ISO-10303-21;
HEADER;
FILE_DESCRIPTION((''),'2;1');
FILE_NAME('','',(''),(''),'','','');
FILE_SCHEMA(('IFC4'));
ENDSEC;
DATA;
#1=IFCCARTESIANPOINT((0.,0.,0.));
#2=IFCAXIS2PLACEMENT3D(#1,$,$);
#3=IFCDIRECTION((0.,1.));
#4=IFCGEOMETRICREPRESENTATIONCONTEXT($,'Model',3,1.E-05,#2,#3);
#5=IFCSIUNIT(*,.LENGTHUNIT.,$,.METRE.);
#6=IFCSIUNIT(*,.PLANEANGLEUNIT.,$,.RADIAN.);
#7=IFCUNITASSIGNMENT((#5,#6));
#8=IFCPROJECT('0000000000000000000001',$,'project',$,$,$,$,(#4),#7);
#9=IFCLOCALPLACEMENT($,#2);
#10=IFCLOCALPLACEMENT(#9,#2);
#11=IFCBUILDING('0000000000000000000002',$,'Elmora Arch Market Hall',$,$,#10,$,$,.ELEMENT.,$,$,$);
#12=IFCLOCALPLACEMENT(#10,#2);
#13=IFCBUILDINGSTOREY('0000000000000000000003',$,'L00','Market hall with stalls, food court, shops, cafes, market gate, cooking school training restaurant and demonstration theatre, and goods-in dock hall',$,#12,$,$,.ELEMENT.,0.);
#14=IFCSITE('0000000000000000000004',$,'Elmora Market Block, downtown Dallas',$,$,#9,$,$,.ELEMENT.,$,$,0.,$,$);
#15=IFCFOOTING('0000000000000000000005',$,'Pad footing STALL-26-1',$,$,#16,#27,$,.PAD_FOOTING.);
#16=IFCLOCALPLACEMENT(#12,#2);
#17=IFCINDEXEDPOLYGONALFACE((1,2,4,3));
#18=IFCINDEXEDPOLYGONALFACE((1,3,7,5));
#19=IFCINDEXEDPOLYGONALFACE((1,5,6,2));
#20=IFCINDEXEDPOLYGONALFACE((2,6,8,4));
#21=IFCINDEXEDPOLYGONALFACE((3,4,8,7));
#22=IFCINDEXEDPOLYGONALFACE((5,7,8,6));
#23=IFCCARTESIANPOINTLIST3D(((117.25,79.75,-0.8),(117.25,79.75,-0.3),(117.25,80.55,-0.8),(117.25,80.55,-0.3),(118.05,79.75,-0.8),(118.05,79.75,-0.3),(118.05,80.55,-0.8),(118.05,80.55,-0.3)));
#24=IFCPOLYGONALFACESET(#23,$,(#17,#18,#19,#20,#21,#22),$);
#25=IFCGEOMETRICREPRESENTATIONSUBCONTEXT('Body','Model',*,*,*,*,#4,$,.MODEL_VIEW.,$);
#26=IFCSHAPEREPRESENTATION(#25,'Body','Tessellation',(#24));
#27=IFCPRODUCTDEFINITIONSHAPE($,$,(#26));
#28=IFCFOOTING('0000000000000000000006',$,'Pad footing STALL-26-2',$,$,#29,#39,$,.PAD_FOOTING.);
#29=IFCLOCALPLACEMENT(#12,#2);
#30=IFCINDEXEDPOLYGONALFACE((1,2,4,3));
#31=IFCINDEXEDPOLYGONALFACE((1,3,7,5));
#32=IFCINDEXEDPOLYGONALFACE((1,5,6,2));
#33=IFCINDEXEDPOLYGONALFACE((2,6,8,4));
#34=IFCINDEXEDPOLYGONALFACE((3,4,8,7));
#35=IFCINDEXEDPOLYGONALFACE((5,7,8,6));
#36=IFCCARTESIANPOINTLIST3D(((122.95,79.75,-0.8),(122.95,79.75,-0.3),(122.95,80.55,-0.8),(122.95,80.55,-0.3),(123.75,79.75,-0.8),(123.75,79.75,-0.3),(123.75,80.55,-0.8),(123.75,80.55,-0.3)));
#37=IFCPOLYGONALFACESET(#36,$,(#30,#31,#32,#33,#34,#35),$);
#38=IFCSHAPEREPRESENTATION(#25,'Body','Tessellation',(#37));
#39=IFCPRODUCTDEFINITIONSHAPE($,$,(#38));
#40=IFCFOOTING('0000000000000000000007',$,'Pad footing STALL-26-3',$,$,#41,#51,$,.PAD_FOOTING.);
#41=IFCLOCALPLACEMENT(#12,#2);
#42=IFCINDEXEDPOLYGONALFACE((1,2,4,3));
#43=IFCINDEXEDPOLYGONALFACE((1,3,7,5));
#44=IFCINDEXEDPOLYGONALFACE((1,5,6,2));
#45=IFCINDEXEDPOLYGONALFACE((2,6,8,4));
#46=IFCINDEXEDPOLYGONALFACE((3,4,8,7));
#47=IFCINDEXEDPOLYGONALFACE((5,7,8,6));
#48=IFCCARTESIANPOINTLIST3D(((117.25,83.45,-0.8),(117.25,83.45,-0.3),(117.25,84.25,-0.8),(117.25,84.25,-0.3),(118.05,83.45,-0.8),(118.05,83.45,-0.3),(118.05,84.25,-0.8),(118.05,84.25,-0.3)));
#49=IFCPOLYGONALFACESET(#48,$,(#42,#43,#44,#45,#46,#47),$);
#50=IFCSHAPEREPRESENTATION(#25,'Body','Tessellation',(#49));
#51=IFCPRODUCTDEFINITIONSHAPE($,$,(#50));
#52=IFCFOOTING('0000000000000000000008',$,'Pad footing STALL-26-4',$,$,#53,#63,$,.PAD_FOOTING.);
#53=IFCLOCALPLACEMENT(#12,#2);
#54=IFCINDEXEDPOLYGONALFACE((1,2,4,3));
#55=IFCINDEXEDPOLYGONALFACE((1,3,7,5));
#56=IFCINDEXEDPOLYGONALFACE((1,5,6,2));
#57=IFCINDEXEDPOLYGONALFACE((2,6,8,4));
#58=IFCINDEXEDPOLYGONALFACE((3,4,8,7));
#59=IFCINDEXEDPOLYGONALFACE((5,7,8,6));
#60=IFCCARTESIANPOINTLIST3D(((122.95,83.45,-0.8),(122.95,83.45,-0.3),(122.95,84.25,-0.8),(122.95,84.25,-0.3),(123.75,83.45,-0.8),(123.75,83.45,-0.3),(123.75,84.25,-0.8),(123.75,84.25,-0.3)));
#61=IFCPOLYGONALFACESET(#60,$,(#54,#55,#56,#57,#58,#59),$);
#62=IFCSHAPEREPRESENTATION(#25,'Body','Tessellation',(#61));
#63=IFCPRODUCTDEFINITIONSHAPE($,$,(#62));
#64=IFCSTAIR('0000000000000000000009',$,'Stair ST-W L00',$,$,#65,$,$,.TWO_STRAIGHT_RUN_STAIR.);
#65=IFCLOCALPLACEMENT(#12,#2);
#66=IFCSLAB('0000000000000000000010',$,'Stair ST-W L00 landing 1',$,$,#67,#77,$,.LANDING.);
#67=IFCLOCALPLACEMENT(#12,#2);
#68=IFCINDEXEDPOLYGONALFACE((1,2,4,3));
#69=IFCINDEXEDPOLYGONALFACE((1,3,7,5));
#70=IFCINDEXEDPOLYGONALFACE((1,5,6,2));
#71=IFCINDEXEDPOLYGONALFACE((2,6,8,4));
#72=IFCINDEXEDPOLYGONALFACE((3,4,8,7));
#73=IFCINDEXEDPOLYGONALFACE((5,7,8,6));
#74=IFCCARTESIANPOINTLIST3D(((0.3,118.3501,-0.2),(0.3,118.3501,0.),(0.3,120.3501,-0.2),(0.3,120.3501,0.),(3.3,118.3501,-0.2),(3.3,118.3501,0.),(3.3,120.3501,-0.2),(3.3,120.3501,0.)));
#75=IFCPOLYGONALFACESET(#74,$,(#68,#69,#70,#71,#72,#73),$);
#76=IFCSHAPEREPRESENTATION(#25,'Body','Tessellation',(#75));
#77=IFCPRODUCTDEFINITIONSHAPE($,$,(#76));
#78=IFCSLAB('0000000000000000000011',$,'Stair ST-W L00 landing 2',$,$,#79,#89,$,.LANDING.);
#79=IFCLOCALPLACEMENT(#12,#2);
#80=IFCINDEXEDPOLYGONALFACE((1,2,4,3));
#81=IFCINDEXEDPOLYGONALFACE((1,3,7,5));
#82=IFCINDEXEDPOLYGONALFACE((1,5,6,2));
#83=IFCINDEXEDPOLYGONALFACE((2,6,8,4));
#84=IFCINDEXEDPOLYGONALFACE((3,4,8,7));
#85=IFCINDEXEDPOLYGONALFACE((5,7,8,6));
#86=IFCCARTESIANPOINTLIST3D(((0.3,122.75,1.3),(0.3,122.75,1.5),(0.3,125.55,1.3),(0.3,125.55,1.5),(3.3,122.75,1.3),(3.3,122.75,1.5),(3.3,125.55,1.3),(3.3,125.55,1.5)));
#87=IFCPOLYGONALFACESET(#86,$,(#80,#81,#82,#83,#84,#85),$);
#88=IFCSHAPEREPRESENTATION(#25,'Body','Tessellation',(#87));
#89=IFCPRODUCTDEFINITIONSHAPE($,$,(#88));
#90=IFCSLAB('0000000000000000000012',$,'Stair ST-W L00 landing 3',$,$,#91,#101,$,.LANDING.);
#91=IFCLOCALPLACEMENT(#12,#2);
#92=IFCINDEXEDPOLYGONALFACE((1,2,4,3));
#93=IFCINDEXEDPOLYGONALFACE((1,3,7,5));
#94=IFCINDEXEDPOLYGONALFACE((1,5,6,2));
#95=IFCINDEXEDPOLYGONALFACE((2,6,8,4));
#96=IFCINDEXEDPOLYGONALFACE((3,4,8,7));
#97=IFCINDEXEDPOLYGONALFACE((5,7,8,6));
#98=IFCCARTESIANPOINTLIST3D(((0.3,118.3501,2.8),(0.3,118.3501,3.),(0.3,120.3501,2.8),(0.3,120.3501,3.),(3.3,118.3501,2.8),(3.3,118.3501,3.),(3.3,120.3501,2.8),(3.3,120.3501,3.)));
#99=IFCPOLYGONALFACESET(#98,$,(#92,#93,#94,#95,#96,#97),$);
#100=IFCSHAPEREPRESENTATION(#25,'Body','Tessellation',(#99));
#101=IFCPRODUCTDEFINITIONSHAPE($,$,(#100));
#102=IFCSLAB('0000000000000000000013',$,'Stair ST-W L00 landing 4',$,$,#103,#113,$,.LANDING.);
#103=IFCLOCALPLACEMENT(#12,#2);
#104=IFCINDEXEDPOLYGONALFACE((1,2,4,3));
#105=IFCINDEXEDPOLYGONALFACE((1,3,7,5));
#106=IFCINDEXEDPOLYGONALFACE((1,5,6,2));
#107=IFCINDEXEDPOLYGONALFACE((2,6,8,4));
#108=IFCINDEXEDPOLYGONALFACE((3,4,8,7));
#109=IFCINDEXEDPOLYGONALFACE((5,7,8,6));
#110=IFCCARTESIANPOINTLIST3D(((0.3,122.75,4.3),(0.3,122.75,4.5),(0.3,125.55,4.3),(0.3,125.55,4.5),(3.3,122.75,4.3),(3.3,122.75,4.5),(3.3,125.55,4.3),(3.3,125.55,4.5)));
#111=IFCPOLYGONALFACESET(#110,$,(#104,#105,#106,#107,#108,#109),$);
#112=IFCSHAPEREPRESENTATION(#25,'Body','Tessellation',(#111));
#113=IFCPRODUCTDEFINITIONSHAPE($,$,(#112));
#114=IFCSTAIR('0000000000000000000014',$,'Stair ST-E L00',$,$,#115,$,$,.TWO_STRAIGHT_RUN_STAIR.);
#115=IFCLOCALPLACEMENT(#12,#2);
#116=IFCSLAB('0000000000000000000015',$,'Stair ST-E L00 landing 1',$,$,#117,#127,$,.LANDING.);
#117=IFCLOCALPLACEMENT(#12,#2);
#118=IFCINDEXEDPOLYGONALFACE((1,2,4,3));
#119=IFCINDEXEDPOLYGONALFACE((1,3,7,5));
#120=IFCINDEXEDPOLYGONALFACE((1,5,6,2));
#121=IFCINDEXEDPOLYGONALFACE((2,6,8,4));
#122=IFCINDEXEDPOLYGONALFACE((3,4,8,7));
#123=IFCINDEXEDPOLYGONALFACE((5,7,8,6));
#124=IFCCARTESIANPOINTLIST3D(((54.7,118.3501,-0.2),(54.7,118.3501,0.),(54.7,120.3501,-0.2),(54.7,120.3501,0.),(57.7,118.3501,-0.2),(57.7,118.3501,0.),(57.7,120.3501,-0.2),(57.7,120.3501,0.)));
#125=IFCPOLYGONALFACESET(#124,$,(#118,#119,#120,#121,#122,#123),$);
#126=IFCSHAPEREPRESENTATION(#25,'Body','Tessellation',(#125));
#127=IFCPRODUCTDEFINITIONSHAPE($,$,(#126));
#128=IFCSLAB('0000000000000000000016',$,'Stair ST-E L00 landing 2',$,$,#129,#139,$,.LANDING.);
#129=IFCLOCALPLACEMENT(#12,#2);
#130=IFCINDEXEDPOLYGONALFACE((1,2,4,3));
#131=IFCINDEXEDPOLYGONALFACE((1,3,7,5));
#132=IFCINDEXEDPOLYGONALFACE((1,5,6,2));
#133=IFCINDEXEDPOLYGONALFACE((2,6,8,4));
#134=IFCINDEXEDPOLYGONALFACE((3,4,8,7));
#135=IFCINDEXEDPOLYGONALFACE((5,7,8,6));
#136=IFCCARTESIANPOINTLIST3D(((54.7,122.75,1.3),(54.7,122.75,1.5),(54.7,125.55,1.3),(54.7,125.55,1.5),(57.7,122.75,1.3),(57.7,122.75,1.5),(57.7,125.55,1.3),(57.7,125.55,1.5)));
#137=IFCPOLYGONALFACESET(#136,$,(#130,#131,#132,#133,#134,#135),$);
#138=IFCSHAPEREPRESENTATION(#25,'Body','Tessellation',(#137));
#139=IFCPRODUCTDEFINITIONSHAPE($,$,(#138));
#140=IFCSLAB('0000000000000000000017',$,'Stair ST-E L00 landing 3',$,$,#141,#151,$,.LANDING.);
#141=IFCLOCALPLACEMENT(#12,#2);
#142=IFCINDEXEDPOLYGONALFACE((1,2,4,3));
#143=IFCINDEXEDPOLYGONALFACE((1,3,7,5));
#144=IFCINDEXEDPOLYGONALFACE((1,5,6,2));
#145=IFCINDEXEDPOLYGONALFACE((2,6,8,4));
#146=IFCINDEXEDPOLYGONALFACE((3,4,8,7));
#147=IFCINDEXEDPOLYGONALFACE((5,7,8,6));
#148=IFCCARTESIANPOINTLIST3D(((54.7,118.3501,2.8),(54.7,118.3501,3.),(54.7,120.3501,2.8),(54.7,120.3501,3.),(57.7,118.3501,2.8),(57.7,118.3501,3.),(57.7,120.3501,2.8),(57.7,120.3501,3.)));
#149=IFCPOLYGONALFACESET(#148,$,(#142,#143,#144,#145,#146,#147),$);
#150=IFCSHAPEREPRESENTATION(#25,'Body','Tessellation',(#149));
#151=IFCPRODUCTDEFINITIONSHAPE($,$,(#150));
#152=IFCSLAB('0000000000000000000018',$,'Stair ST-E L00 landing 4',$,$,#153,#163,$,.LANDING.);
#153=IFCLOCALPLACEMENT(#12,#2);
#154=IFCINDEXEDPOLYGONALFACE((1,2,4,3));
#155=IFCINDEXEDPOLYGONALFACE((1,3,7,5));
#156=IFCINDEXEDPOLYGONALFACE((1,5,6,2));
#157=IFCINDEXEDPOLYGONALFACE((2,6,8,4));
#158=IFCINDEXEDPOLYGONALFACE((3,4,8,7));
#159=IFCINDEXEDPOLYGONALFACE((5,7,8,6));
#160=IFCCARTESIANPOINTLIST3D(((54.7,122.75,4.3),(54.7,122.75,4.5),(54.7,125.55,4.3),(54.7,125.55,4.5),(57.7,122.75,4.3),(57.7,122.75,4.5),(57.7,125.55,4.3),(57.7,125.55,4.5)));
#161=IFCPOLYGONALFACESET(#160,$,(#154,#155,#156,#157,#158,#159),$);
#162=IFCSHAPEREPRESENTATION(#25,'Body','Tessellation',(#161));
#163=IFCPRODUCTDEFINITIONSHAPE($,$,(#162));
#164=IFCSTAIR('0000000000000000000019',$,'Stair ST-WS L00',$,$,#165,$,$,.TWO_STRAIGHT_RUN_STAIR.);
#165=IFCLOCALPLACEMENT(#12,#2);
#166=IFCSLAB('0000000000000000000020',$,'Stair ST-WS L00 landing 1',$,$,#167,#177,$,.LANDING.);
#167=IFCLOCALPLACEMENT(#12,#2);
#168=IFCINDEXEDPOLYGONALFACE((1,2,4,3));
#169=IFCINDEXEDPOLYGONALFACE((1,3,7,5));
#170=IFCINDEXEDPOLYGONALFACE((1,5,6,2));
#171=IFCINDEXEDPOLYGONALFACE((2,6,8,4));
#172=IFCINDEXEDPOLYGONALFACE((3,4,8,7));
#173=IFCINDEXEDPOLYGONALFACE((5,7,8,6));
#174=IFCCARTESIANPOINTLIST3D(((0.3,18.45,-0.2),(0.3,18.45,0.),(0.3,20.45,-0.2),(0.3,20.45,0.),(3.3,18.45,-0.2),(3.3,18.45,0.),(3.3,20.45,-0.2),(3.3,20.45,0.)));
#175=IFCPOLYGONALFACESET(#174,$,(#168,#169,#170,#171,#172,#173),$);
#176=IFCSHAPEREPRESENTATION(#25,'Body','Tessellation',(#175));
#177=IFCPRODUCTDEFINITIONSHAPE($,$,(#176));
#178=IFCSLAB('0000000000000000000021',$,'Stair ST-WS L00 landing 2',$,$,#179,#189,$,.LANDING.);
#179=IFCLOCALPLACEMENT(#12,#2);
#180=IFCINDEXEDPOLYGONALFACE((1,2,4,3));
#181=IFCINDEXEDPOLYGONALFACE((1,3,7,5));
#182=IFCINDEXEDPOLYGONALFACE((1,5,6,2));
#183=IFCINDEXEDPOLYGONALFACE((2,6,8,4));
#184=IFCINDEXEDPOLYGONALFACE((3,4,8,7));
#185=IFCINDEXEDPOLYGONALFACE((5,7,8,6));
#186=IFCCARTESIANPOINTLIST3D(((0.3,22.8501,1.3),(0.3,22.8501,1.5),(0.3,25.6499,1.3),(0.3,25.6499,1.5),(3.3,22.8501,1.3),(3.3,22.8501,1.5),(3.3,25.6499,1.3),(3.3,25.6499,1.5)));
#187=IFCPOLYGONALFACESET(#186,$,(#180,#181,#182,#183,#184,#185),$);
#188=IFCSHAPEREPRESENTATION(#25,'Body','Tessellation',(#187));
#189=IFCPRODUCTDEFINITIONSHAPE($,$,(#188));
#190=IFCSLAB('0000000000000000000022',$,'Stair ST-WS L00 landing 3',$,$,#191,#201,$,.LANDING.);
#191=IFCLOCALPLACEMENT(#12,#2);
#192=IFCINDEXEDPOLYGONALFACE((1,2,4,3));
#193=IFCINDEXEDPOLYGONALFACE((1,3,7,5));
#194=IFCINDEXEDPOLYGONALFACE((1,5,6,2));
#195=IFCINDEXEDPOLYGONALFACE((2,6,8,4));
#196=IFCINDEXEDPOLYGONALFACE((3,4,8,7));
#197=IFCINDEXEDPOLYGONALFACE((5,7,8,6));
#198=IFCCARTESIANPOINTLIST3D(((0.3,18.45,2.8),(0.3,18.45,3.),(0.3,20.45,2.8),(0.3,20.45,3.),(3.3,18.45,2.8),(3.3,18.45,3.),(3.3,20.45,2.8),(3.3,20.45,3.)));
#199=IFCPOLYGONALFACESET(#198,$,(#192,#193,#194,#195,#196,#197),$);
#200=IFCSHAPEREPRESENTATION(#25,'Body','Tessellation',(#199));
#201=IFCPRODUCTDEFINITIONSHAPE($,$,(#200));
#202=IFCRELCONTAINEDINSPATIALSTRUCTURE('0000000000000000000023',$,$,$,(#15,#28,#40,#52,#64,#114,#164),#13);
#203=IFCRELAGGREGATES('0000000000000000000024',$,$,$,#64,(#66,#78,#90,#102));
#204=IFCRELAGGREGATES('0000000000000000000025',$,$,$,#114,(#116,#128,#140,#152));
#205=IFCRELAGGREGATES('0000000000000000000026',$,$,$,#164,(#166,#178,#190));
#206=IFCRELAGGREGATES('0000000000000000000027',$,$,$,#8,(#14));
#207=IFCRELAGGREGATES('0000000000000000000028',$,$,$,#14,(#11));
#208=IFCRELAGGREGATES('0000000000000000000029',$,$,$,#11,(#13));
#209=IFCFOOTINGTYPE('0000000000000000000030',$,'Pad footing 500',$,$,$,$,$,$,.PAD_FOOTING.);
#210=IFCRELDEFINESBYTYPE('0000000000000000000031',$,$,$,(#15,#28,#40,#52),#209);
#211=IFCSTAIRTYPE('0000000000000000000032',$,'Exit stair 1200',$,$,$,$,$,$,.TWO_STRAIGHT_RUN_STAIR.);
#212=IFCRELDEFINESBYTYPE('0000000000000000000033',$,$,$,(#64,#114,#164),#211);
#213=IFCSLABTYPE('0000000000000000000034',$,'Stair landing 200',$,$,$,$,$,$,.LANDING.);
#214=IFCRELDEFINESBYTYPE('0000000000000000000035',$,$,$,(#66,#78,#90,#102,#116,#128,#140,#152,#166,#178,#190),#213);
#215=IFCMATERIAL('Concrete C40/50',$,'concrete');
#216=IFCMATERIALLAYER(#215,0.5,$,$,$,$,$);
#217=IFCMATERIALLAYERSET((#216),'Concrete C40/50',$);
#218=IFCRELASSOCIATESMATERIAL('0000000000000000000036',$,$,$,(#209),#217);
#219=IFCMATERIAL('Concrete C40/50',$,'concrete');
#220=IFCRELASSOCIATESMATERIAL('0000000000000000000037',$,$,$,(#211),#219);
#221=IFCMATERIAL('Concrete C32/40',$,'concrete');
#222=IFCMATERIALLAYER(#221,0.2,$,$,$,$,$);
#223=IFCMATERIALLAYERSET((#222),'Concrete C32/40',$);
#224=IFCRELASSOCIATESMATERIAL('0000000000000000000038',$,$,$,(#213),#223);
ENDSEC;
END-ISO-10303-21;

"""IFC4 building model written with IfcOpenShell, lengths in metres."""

from ifc_helpers import new_model, si_unit, direction, frame, origin, place, context, subcontext, project, spatial, polyline, outline, extrude, material, layer, layer_set, type_object, element, aggregate, save


model = new_model("IFC4")

# Units and contexts
model_context = context("Model", 3, precision=1e-05, world=origin(), true_north=direction((0.0, 1.0)))
body_context = subcontext(model_context, "Body", "Model", "MODEL_VIEW")
ifc_project = project(units=[si_unit("LENGTHUNIT", "METRE"), si_unit("PLANEANGLEUNIT", "RADIAN")], contexts=[model_context])

# Site, building, storey
site_placement = place(None, origin())
site = spatial("IfcSite", under=ifc_project, at=site_placement, Name="Elmora Market Block, downtown Dallas", CompositionType="ELEMENT", RefElevation=0.0)
building_placement = place(site_placement, origin())
building = spatial("IfcBuilding", under=site, at=building_placement, Name="Elmora Arch Market Hall", CompositionType="ELEMENT")
storey_placement = place(building_placement, origin())
storey = spatial("IfcBuildingStorey", under=building, at=storey_placement, Name="L00", Description="Market hall with stalls, food court, shops, cafes, market gate, cooking school training restaurant and demonstration theatre, and goods-in dock hall", CompositionType="ELEMENT", Elevation=0.0)

# Footings
ifc_material_1 = material(Name="Concrete C40/50", Category="concrete")
ifc_layer_1 = layer(ifc_material_1, 0.5)
ifc_layer_set_1 = layer_set([ifc_layer_1], Name="Concrete C40/50")
footing_type = type_object("IfcFootingType", Name="Pad footing 500", PredefinedType="PAD_FOOTING", material=ifc_layer_set_1)
footing_1_placement = place(storey_placement, frame((0.0, 0.0, -0.8)))
element("IfcFooting", 1, at=footing_1_placement, inside=storey, type_object=footing_type, Name="Pad footing STALL-26-1", PredefinedType="PAD_FOOTING", context=body_context, shape_type="SweptSolid", body=[
    extrude(outline(polyline([(117.25, 79.75), (118.05, 79.75), (118.05, 80.55), (117.25, 80.55), (117.25, 79.75)])), origin(), (0.0, 0.0, 1.0), 0.5),
])
footing_2_placement = place(storey_placement, frame((0.0, 0.0, -0.8)))
element("IfcFooting", 2, at=footing_2_placement, inside=storey, type_object=footing_type, Name="Pad footing STALL-26-2", PredefinedType="PAD_FOOTING", context=body_context, shape_type="SweptSolid", body=[
    extrude(outline(polyline([(122.95, 79.75), (123.75, 79.75), (123.75, 80.55), (122.95, 80.55), (122.95, 79.75)])), origin(), (0.0, 0.0, 1.0), 0.5),
])
footing_3_placement = place(storey_placement, frame((0.0, 0.0, -0.8)))
element("IfcFooting", 3, at=footing_3_placement, inside=storey, type_object=footing_type, Name="Pad footing STALL-26-3", PredefinedType="PAD_FOOTING", context=body_context, shape_type="SweptSolid", body=[
    extrude(outline(polyline([(117.25, 83.45), (118.05, 83.45), (118.05, 84.25), (117.25, 84.25), (117.25, 83.45)])), origin(), (0.0, 0.0, 1.0), 0.5),
])
footing_4_placement = place(storey_placement, frame((0.0, 0.0, -0.8)))
element("IfcFooting", 4, at=footing_4_placement, inside=storey, type_object=footing_type, Name="Pad footing STALL-26-4", PredefinedType="PAD_FOOTING", context=body_context, shape_type="SweptSolid", body=[
    extrude(outline(polyline([(122.95, 83.45), (123.75, 83.45), (123.75, 84.25), (122.95, 84.25), (122.95, 83.45)])), origin(), (0.0, 0.0, 1.0), 0.5),
])

# Stairs, slabs
ifc_material_2 = material(Name="Concrete C40/50", Category="concrete")
stair_type = type_object("IfcStairType", Name="Exit stair 1200", PredefinedType="TWO_STRAIGHT_RUN_STAIR", material=ifc_material_2)
stair_1_placement = place(storey_placement, origin())
stair_1 = element("IfcStair", 5, at=stair_1_placement, inside=storey, type_object=stair_type, Name="Stair ST-W L00", PredefinedType="TWO_STRAIGHT_RUN_STAIR")
ifc_material_3 = material(Name="Concrete C32/40", Category="concrete")
ifc_layer_2 = layer(ifc_material_3, 0.2)
ifc_layer_set_2 = layer_set([ifc_layer_2], Name="Concrete C32/40")
slab_type = type_object("IfcSlabType", Name="Stair landing 200", PredefinedType="LANDING", material=ifc_layer_set_2)
slab_1_placement = place(storey_placement, frame((0.0, 0.0, -0.2)))
slab_1 = element("IfcSlab", 6, at=slab_1_placement, type_object=slab_type, Name="Stair ST-W L00 landing 1", PredefinedType="LANDING", context=body_context, shape_type="SweptSolid", body=[
    extrude(outline(polyline([(0.3, 118.3501), (3.3, 118.3501), (3.3, 120.3501), (0.3, 120.3501), (0.3, 118.3501)])), origin(), (0.0, 0.0, 1.0), 0.2),
])
slab_2_placement = place(storey_placement, frame((0.0, 0.0, 1.3)))
slab_2 = element("IfcSlab", 7, at=slab_2_placement, type_object=slab_type, Name="Stair ST-W L00 landing 2", PredefinedType="LANDING", context=body_context, shape_type="SweptSolid", body=[
    extrude(outline(polyline([(0.3, 122.75), (3.3, 122.75), (3.3, 125.55), (0.3, 125.55), (0.3, 122.75)])), origin(), (0.0, 0.0, 1.0), 0.2),
])
slab_3_placement = place(storey_placement, frame((0.0, 0.0, 2.8)))
slab_3 = element("IfcSlab", 8, at=slab_3_placement, type_object=slab_type, Name="Stair ST-W L00 landing 3", PredefinedType="LANDING", context=body_context, shape_type="SweptSolid", body=[
    extrude(outline(polyline([(0.3, 118.3501), (3.3, 118.3501), (3.3, 120.3501), (0.3, 120.3501), (0.3, 118.3501)])), origin(), (0.0, 0.0, 1.0), 0.2),
])
slab_4_placement = place(storey_placement, frame((0.0, 0.0, 4.3)))
slab_4 = element("IfcSlab", 9, at=slab_4_placement, type_object=slab_type, Name="Stair ST-W L00 landing 4", PredefinedType="LANDING", context=body_context, shape_type="SweptSolid", body=[
    extrude(outline(polyline([(0.3, 122.75), (3.3, 122.75), (3.3, 125.55), (0.3, 125.55), (0.3, 122.75)])), origin(), (0.0, 0.0, 1.0), 0.2),
])
aggregate(stair_1, [slab_1, slab_2, slab_3, slab_4])
stair_2_placement = place(storey_placement, origin())
stair_2 = element("IfcStair", 10, at=stair_2_placement, inside=storey, type_object=stair_type, Name="Stair ST-E L00", PredefinedType="TWO_STRAIGHT_RUN_STAIR")
slab_5_placement = place(storey_placement, frame((0.0, 0.0, -0.2)))
slab_5 = element("IfcSlab", 11, at=slab_5_placement, type_object=slab_type, Name="Stair ST-E L00 landing 1", PredefinedType="LANDING", context=body_context, shape_type="SweptSolid", body=[
    extrude(outline(polyline([(54.7, 118.3501), (57.7, 118.3501), (57.7, 120.3501), (54.7, 120.3501), (54.7, 118.3501)])), origin(), (0.0, 0.0, 1.0), 0.2),
])
slab_6_placement = place(storey_placement, frame((0.0, 0.0, 1.3)))
slab_6 = element("IfcSlab", 12, at=slab_6_placement, type_object=slab_type, Name="Stair ST-E L00 landing 2", PredefinedType="LANDING", context=body_context, shape_type="SweptSolid", body=[
    extrude(outline(polyline([(54.7, 122.75), (57.7, 122.75), (57.7, 125.55), (54.7, 125.55), (54.7, 122.75)])), origin(), (0.0, 0.0, 1.0), 0.2),
])
slab_7_placement = place(storey_placement, frame((0.0, 0.0, 2.8)))
slab_7 = element("IfcSlab", 13, at=slab_7_placement, type_object=slab_type, Name="Stair ST-E L00 landing 3", PredefinedType="LANDING", context=body_context, shape_type="SweptSolid", body=[
    extrude(outline(polyline([(54.7, 118.3501), (57.7, 118.3501), (57.7, 120.3501), (54.7, 120.3501), (54.7, 118.3501)])), origin(), (0.0, 0.0, 1.0), 0.2),
])
slab_8_placement = place(storey_placement, frame((0.0, 0.0, 4.3)))
slab_8 = element("IfcSlab", 14, at=slab_8_placement, type_object=slab_type, Name="Stair ST-E L00 landing 4", PredefinedType="LANDING", context=body_context, shape_type="SweptSolid", body=[
    extrude(outline(polyline([(54.7, 122.75), (57.7, 122.75), (57.7, 125.55), (54.7, 125.55), (54.7, 122.75)])), origin(), (0.0, 0.0, 1.0), 0.2),
])
aggregate(stair_2, [slab_5, slab_6, slab_7, slab_8])
stair_3_placement = place(storey_placement, origin())
stair_3 = element("IfcStair", 15, at=stair_3_placement, inside=storey, type_object=stair_type, Name="Stair ST-WS L00", PredefinedType="TWO_STRAIGHT_RUN_STAIR")
slab_9_placement = place(storey_placement, frame((0.0, 0.0, -0.2)))
slab_9 = element("IfcSlab", 16, at=slab_9_placement, type_object=slab_type, Name="Stair ST-WS L00 landing 1", PredefinedType="LANDING", context=body_context, shape_type="SweptSolid", body=[
    extrude(outline(polyline([(0.3, 18.45), (3.3, 18.45), (3.3, 20.45), (0.3, 20.45), (0.3, 18.45)])), origin(), (0.0, 0.0, 1.0), 0.2),
])
slab_10_placement = place(storey_placement, frame((0.0, 0.0, 1.3)))
slab_10 = element("IfcSlab", 17, at=slab_10_placement, type_object=slab_type, Name="Stair ST-WS L00 landing 2", PredefinedType="LANDING", context=body_context, shape_type="SweptSolid", body=[
    extrude(outline(polyline([(0.3, 22.8501), (3.3, 22.8501), (3.3, 25.6499), (0.3, 25.6499), (0.3, 22.8501)])), origin(), (0.0, 0.0, 1.0), 0.2),
])
slab_11_placement = place(storey_placement, frame((0.0, 0.0, 2.8)))
slab_11 = element("IfcSlab", 18, at=slab_11_placement, type_object=slab_type, Name="Stair ST-WS L00 landing 3", PredefinedType="LANDING", context=body_context, shape_type="SweptSolid", body=[
    extrude(outline(polyline([(0.3, 18.45), (3.3, 18.45), (3.3, 20.45), (0.3, 20.45), (0.3, 18.45)])), origin(), (0.0, 0.0, 1.0), 0.2),
])
aggregate(stair_3, [slab_9, slab_10, slab_11])

save(model, "model.ifc")
